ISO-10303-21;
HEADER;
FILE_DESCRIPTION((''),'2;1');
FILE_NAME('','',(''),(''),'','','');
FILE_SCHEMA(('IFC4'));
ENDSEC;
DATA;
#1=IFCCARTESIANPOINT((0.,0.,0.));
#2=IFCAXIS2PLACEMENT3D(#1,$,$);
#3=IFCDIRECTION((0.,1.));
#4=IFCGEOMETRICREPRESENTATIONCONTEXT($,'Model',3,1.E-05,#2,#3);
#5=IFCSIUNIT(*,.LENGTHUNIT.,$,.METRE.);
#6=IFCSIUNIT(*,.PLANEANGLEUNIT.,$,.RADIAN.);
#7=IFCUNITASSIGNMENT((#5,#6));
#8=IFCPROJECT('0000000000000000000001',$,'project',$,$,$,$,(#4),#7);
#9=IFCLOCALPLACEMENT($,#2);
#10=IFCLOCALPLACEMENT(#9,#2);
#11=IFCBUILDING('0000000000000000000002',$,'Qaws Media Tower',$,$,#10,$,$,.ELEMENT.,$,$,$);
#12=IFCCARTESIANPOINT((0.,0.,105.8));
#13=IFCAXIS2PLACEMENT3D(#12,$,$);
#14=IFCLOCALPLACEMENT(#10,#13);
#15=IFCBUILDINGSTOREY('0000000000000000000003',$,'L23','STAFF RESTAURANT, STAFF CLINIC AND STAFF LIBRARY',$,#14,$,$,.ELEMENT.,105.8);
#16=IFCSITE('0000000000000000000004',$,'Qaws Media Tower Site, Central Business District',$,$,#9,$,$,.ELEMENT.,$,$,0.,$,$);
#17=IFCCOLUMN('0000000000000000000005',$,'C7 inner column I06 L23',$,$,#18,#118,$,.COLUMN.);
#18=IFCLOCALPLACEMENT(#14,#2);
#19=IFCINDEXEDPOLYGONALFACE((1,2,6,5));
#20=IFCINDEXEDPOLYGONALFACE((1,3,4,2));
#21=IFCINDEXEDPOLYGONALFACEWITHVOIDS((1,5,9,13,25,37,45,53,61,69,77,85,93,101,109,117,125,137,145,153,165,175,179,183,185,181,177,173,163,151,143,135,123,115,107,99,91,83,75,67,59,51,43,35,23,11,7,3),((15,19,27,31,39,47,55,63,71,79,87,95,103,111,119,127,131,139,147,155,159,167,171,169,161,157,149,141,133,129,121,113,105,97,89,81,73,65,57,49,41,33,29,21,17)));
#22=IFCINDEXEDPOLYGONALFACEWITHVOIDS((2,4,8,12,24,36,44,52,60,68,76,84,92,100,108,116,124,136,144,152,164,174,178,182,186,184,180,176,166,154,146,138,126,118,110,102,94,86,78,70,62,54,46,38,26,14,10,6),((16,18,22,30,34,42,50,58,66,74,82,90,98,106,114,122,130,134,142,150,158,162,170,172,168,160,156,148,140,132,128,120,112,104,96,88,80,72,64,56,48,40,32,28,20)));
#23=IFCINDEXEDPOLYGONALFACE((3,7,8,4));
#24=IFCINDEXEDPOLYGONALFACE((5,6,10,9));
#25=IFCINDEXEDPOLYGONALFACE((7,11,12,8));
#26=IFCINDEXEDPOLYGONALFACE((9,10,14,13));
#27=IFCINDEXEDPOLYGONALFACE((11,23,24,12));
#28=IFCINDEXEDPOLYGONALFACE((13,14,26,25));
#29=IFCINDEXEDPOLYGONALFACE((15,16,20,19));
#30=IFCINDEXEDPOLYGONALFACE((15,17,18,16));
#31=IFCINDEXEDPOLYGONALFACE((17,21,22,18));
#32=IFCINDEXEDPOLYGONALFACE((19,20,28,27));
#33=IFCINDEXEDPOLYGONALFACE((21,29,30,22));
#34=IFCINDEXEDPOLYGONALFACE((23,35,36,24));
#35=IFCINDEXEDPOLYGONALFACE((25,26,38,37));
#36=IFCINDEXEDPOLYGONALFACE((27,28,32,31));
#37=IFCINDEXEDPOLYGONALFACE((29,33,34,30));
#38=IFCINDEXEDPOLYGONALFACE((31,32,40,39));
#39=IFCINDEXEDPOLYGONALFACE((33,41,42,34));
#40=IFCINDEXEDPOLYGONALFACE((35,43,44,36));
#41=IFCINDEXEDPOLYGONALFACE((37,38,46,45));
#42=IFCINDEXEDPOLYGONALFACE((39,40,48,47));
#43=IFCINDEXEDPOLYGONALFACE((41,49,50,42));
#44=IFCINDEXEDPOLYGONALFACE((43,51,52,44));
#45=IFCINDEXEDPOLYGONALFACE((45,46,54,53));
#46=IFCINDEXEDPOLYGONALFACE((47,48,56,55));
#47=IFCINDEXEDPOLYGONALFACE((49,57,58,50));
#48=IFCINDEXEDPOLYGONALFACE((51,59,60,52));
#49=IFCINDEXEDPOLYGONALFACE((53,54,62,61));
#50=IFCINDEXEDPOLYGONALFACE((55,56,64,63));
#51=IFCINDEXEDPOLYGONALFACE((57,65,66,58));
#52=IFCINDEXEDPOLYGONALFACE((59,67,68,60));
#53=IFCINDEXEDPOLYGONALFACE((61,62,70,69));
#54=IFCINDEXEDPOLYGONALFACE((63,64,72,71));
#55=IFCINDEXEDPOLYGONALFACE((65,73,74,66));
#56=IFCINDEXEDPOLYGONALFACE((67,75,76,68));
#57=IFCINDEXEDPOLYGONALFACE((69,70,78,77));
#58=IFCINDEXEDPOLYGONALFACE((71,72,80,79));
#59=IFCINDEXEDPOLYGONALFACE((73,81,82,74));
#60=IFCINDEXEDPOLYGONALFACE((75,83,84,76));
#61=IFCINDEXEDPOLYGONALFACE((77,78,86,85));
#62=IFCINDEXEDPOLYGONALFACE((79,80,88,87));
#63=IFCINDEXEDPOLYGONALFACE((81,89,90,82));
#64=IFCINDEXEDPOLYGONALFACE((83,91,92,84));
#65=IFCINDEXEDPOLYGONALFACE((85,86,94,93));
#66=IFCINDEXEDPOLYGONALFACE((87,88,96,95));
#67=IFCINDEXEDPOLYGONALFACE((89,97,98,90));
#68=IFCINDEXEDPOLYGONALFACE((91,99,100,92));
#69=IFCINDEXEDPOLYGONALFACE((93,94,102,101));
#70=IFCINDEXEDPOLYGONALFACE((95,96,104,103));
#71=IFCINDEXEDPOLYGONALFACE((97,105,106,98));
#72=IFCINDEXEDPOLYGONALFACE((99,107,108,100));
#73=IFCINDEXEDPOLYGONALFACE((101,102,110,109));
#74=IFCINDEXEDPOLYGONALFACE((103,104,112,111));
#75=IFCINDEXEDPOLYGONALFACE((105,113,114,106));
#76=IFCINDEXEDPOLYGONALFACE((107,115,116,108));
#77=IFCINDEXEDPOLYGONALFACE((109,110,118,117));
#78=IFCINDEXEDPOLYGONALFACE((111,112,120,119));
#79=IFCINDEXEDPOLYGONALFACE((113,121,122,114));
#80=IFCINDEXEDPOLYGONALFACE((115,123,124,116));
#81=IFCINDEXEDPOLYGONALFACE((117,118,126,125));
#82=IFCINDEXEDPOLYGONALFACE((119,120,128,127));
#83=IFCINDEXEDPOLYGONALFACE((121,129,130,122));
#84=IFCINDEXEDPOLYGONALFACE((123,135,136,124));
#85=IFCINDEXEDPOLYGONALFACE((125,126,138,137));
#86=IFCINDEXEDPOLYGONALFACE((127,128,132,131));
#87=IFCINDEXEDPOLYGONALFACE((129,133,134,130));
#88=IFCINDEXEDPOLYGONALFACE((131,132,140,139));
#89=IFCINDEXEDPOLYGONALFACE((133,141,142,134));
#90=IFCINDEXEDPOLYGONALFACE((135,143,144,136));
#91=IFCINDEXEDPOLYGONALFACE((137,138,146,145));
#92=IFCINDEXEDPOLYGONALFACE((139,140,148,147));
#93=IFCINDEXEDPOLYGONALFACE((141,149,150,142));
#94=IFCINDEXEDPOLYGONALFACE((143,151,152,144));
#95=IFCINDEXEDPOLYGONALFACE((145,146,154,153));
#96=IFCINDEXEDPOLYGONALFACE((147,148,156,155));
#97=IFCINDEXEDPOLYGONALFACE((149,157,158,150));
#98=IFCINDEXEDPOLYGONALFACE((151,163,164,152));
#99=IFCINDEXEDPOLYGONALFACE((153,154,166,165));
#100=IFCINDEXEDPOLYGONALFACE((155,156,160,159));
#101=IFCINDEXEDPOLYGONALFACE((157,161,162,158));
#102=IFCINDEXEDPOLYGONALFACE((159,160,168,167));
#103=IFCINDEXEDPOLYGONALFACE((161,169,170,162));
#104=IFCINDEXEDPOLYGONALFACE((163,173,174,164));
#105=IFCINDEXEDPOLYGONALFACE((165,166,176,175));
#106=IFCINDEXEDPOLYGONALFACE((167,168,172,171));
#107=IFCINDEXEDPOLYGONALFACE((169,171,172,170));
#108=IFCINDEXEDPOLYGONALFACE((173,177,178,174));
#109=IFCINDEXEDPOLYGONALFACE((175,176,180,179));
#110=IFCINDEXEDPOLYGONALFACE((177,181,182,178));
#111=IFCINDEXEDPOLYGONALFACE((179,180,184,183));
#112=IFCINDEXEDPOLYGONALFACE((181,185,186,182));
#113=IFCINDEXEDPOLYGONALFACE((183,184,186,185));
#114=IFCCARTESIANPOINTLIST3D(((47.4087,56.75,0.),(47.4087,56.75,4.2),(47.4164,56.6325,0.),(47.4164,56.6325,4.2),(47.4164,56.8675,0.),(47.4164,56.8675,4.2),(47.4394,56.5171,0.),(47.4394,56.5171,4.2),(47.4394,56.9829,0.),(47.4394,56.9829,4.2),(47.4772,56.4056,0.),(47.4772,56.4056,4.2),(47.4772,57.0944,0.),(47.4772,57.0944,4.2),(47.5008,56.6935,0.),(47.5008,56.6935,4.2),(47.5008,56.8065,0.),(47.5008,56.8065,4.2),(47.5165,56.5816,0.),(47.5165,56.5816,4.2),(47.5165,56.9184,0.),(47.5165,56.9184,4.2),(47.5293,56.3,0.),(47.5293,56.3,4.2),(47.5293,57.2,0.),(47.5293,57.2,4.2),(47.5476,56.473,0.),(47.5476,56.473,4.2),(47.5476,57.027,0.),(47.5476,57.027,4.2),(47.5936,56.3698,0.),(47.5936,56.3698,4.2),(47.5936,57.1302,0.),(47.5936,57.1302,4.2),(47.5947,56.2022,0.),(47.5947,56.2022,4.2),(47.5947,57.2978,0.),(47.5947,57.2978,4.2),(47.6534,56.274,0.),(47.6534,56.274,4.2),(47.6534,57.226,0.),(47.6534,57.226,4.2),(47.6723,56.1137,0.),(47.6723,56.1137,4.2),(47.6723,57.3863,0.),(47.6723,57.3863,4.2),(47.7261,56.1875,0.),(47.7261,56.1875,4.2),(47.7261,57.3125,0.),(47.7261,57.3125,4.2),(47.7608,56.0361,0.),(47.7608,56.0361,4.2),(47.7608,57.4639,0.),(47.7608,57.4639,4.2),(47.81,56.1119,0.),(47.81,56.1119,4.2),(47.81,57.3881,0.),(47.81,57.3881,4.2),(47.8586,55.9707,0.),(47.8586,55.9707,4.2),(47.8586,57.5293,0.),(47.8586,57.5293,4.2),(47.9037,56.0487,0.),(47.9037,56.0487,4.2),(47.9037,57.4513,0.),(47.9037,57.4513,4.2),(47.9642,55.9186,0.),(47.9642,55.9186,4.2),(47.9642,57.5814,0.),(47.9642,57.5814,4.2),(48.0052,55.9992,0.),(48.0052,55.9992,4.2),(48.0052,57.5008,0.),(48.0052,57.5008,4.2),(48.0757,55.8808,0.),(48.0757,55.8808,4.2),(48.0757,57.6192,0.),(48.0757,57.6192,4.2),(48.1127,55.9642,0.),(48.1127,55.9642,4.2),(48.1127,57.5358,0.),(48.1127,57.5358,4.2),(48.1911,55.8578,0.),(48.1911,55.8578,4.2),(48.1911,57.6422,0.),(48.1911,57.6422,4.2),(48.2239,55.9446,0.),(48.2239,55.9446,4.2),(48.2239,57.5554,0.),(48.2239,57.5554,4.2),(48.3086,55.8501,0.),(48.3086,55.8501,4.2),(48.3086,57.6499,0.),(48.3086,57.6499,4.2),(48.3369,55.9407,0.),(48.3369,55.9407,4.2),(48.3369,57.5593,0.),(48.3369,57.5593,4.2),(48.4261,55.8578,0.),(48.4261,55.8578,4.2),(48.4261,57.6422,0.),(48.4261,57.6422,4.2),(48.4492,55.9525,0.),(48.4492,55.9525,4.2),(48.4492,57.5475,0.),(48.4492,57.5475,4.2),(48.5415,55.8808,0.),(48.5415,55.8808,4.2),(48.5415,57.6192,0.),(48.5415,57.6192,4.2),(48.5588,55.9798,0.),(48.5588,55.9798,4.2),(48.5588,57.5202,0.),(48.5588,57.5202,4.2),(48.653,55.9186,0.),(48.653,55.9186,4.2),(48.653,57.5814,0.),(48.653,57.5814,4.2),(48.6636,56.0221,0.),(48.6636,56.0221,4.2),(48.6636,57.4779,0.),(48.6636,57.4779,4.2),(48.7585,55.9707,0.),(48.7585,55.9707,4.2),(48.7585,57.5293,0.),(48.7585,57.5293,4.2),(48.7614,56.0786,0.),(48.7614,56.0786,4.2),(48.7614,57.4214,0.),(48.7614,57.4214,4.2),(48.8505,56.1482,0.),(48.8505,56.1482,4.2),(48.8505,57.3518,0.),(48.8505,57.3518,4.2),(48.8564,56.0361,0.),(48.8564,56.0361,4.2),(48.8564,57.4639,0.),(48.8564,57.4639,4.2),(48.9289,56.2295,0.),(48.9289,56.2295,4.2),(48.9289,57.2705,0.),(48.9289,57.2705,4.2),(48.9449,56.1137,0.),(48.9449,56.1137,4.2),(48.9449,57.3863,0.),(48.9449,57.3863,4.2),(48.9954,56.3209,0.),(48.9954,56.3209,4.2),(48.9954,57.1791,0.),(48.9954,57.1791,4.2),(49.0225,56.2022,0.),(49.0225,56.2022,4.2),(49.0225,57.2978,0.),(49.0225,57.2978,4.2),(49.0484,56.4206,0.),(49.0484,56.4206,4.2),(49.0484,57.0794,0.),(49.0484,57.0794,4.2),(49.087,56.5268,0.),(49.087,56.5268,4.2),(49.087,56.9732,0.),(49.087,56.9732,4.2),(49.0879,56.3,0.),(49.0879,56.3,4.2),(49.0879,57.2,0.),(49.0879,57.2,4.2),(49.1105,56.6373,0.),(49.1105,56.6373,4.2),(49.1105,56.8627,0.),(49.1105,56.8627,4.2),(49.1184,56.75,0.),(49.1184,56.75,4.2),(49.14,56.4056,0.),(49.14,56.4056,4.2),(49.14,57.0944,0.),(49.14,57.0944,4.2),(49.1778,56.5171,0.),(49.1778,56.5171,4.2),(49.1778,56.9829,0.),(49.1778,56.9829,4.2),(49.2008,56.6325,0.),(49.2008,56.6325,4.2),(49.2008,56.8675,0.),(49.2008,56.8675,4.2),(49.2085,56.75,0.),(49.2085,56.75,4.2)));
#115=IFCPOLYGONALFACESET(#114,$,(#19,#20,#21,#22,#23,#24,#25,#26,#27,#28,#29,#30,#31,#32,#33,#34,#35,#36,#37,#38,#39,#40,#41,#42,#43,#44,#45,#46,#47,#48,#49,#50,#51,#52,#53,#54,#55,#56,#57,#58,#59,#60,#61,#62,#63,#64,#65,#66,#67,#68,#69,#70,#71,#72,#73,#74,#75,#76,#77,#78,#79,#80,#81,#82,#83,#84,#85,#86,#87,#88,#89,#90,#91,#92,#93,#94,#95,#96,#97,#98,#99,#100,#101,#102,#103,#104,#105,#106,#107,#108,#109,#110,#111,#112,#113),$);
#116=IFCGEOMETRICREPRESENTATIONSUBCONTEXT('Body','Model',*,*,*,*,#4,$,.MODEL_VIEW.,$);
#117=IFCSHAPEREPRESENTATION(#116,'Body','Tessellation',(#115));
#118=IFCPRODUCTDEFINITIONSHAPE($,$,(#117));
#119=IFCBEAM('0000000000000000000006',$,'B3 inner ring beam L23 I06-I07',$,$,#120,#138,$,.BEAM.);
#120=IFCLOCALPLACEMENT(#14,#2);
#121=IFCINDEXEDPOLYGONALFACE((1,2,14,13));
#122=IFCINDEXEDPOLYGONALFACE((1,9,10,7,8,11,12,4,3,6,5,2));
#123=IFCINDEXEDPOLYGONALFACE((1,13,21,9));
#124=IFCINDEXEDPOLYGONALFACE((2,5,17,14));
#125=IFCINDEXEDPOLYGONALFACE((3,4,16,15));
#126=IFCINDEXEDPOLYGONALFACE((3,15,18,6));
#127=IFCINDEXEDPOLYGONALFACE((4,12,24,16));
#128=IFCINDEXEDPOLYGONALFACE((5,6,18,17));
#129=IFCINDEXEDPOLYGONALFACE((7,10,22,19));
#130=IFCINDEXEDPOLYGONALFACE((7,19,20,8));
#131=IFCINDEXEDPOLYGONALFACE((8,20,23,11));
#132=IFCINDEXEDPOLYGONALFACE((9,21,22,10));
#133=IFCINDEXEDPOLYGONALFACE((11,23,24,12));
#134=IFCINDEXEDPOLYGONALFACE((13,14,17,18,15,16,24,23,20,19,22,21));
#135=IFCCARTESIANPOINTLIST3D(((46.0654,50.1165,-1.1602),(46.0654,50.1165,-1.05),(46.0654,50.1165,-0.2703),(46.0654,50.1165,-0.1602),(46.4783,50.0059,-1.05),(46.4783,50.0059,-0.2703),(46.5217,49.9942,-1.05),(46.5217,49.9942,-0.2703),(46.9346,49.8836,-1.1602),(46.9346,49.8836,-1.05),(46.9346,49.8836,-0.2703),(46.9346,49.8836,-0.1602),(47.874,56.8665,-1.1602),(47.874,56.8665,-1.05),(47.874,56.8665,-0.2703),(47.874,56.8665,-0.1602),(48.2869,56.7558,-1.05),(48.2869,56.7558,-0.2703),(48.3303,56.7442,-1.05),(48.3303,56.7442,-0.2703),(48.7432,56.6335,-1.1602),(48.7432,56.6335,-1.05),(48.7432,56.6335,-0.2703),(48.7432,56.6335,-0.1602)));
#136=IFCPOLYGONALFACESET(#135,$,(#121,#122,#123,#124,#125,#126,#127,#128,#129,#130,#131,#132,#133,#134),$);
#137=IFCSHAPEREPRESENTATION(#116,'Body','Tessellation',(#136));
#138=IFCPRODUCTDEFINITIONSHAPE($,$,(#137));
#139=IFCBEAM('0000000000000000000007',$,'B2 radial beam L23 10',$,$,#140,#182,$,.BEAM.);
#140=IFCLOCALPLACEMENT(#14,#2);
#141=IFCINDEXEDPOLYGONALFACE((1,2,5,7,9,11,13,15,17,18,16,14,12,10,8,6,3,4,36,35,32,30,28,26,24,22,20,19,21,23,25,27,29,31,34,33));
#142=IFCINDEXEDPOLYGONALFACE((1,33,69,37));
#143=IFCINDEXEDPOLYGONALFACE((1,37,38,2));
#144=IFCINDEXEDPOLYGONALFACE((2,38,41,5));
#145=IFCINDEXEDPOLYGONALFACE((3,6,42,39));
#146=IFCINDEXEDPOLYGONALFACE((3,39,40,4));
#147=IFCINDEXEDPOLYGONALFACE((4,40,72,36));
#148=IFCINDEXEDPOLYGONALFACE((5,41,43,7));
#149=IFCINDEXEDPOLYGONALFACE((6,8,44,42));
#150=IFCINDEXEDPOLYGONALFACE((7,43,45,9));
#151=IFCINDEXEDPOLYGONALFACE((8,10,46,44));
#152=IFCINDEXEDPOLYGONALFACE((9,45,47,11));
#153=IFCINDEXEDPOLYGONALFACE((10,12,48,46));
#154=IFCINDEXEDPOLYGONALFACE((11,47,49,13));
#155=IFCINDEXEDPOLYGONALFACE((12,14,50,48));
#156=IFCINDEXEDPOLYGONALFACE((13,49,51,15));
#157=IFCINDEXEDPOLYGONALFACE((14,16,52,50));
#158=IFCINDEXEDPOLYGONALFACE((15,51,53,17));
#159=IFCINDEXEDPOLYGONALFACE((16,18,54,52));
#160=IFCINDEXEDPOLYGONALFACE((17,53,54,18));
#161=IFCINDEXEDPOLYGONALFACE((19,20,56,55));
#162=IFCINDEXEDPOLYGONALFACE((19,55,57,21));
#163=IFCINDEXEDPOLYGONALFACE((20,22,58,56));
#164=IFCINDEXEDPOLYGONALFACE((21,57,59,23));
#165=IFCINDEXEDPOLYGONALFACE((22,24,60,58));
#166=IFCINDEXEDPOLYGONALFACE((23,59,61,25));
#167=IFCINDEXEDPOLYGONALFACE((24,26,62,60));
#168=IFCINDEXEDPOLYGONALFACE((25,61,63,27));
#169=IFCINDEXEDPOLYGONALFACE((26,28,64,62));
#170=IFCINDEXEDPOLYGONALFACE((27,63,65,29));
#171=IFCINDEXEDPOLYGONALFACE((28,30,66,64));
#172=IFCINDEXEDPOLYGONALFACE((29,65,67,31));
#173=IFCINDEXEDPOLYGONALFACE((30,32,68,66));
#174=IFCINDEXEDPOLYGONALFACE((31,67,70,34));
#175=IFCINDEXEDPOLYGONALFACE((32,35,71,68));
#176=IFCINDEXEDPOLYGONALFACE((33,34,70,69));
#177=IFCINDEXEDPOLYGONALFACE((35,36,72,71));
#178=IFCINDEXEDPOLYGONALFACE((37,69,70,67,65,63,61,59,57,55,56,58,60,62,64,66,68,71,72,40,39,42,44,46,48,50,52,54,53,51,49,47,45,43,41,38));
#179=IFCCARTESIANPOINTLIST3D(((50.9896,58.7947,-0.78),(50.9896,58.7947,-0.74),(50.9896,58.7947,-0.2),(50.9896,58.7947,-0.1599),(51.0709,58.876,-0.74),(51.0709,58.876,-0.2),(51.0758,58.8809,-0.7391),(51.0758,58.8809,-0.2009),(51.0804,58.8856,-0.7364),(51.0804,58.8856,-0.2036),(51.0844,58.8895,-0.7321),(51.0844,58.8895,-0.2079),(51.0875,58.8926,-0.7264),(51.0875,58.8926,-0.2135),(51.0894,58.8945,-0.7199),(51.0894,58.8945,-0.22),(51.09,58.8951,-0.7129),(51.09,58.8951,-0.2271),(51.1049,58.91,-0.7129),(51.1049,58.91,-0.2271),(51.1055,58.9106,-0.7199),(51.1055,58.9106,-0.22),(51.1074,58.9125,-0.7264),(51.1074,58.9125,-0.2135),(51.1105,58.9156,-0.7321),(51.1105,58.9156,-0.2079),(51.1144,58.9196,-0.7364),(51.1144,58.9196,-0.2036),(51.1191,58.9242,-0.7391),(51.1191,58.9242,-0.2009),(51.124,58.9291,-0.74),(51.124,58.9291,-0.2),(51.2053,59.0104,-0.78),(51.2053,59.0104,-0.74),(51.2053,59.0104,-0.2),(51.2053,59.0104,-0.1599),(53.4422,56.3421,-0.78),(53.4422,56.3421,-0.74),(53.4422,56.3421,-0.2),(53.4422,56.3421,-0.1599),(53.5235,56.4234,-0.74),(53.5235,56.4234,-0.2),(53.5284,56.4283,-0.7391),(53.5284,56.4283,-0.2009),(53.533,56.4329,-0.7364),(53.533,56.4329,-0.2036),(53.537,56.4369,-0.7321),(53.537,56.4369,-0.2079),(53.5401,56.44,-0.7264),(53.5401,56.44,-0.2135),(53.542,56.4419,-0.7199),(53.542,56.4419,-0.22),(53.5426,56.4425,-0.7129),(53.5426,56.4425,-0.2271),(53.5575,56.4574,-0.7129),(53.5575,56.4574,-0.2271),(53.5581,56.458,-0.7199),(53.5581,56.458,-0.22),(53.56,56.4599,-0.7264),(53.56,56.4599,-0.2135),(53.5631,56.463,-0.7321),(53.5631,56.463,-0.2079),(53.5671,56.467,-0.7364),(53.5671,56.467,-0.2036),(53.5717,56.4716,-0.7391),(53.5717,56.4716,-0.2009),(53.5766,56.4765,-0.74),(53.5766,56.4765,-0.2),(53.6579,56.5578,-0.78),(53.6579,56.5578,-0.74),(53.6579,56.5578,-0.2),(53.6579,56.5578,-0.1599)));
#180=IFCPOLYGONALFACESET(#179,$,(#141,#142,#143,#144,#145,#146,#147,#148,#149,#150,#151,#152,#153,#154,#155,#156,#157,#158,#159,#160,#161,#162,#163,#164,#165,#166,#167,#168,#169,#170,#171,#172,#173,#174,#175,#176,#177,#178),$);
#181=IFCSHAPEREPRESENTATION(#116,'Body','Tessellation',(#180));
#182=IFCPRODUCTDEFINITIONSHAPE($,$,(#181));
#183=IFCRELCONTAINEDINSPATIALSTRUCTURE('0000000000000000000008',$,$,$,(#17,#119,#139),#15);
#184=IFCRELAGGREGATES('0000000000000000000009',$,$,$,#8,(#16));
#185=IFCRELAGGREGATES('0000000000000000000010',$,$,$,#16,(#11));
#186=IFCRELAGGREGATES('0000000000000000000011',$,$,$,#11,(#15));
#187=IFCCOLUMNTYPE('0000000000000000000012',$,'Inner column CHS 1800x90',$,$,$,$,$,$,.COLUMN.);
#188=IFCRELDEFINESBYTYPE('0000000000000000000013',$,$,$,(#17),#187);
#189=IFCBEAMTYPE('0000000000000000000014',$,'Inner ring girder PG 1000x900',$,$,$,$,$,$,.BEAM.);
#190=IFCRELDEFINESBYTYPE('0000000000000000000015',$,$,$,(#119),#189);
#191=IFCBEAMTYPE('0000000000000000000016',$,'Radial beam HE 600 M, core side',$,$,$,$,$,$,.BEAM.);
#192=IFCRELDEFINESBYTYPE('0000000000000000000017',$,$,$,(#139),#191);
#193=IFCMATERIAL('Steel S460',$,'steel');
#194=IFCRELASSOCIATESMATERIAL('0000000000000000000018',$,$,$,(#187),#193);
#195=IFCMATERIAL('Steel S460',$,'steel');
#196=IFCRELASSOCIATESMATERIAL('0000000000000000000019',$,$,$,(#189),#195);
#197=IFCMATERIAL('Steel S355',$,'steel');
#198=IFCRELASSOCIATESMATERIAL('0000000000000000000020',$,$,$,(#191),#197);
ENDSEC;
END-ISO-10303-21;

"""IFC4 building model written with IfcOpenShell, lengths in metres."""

from ifc_helpers import new_model, si_unit, direction, frame, origin, origin_2d, place, context, subcontext, project, spatial, hollow_circle, i_section, extrude, material, material_profile, profile_set, type_object, element, save


model = new_model("IFC4")

# Units and contexts
model_context = context("Model", 3, precision=1e-05, world=origin(), true_north=direction((0.0, 1.0)))
body_context = subcontext(model_context, "Body", "Model", "MODEL_VIEW")
ifc_project = project(units=[si_unit("LENGTHUNIT", "METRE"), si_unit("PLANEANGLEUNIT", "RADIAN")], contexts=[model_context])

# Site, building, storey
site_placement = place(None, origin())
site = spatial("IfcSite", under=ifc_project, at=site_placement, Name="Qaws Media Tower Site, Central Business District", CompositionType="ELEMENT", RefElevation=0.0)
building_placement = place(site_placement, origin())
building = spatial("IfcBuilding", under=site, at=building_placement, Name="Qaws Media Tower", CompositionType="ELEMENT")
storey_placement = place(building_placement, frame((0.0, 0.0, 105.8)))
storey = spatial("IfcBuildingStorey", under=building, at=storey_placement, Name="L23", Description="STAFF RESTAURANT, STAFF CLINIC AND STAFF LIBRARY", CompositionType="ELEMENT", Elevation=105.8)

# Column
ifc_material_1 = material(Name="Steel S460", Category="steel")
ifc_material_profile_1 = material_profile(ifc_material_1, hollow_circle(Radius=0.8999, WallThickness=0.0901, at=origin_2d()), Name="CHS 1800x90")
ifc_profile_set_1 = profile_set([ifc_material_profile_1], Name="Steel S460")
column_type = type_object("IfcColumnType", Name="Inner column CHS 1800x90", PredefinedType="COLUMN", material=ifc_profile_set_1)
column_placement = place(storey_placement, frame((48.3086, 56.75, 0.0), z_axis=(0.0, 0.0, 1.0), x_axis=(1.0, 0.0, 0.0)))
element("IfcColumn", 1, at=column_placement, inside=storey, type_object=column_type, Name="C7 inner column I06 L23", PredefinedType="COLUMN", context=body_context, shape_type="SweptSolid", body=[
    extrude(hollow_circle(Radius=0.8999, WallThickness=0.0901, at=origin_2d()), origin(), (0.0, 0.0, 1.0), 4.2),
])

# Beams
ifc_material_2 = material(Name="Steel S460", Category="steel")
ifc_material_profile_2 = material_profile(ifc_material_2, i_section(OverallWidth=0.8999, OverallDepth=1.0, WebThickness=0.0449, FlangeThickness=0.1101, at=origin_2d()), Name="PG 1000x900")
ifc_profile_set_2 = profile_set([ifc_material_profile_2], Name="Steel S460")
beam_type_1 = type_object("IfcBeamType", Name="Inner ring girder PG 1000x900", PredefinedType="BEAM", material=ifc_profile_set_2)
beam_1_placement = place(storey_placement, frame((48.3086, 56.75, -0.6602), z_axis=(-0.258811, -0.965928, 0.0), x_axis=(0.965928, -0.258811, 0.0)))
element("IfcBeam", 2, at=beam_1_placement, inside=storey, type_object=beam_type_1, Name="B3 inner ring beam L23 I06-I07", PredefinedType="BEAM", context=body_context, shape_type="SweptSolid", body=[
    extrude(i_section(OverallWidth=0.8999, OverallDepth=1.0, WebThickness=0.0449, FlangeThickness=0.1101, at=origin_2d()), origin(), (0.0, 0.0, 1.0), 6.988),
])
ifc_material_3 = material(Name="Steel S355", Category="steel")
ifc_material_profile_3 = material_profile(ifc_material_3, i_section(OverallWidth=0.3049, OverallDepth=0.6201, WebThickness=0.021, FlangeThickness=0.04, FilletRadius=0.0271, at=origin_2d()), Name="HE 600 M")
ifc_profile_set_3 = profile_set([ifc_material_profile_3], Name="Steel S355")
beam_type_2 = type_object("IfcBeamType", Name="Radial beam HE 600 M, core side", PredefinedType="BEAM", material=ifc_profile_set_3)
beam_2_placement = place(storey_placement, frame((53.55, 56.45, -0.47), z_axis=(-0.707107, 0.707107, 0.0), x_axis=(-0.707107, -0.707107, 0.0)))
element("IfcBeam", 3, at=beam_2_placement, inside=storey, type_object=beam_type_2, Name="B2 radial beam L23 10", PredefinedType="BEAM", context=body_context, shape_type="SweptSolid", body=[
    extrude(i_section(OverallWidth=0.3049, OverallDepth=0.6201, WebThickness=0.021, FlangeThickness=0.04, FilletRadius=0.0271, at=origin_2d()), origin(), (0.0, 0.0, 1.0), 3.4685),
])

save(model, "model.ifc")
